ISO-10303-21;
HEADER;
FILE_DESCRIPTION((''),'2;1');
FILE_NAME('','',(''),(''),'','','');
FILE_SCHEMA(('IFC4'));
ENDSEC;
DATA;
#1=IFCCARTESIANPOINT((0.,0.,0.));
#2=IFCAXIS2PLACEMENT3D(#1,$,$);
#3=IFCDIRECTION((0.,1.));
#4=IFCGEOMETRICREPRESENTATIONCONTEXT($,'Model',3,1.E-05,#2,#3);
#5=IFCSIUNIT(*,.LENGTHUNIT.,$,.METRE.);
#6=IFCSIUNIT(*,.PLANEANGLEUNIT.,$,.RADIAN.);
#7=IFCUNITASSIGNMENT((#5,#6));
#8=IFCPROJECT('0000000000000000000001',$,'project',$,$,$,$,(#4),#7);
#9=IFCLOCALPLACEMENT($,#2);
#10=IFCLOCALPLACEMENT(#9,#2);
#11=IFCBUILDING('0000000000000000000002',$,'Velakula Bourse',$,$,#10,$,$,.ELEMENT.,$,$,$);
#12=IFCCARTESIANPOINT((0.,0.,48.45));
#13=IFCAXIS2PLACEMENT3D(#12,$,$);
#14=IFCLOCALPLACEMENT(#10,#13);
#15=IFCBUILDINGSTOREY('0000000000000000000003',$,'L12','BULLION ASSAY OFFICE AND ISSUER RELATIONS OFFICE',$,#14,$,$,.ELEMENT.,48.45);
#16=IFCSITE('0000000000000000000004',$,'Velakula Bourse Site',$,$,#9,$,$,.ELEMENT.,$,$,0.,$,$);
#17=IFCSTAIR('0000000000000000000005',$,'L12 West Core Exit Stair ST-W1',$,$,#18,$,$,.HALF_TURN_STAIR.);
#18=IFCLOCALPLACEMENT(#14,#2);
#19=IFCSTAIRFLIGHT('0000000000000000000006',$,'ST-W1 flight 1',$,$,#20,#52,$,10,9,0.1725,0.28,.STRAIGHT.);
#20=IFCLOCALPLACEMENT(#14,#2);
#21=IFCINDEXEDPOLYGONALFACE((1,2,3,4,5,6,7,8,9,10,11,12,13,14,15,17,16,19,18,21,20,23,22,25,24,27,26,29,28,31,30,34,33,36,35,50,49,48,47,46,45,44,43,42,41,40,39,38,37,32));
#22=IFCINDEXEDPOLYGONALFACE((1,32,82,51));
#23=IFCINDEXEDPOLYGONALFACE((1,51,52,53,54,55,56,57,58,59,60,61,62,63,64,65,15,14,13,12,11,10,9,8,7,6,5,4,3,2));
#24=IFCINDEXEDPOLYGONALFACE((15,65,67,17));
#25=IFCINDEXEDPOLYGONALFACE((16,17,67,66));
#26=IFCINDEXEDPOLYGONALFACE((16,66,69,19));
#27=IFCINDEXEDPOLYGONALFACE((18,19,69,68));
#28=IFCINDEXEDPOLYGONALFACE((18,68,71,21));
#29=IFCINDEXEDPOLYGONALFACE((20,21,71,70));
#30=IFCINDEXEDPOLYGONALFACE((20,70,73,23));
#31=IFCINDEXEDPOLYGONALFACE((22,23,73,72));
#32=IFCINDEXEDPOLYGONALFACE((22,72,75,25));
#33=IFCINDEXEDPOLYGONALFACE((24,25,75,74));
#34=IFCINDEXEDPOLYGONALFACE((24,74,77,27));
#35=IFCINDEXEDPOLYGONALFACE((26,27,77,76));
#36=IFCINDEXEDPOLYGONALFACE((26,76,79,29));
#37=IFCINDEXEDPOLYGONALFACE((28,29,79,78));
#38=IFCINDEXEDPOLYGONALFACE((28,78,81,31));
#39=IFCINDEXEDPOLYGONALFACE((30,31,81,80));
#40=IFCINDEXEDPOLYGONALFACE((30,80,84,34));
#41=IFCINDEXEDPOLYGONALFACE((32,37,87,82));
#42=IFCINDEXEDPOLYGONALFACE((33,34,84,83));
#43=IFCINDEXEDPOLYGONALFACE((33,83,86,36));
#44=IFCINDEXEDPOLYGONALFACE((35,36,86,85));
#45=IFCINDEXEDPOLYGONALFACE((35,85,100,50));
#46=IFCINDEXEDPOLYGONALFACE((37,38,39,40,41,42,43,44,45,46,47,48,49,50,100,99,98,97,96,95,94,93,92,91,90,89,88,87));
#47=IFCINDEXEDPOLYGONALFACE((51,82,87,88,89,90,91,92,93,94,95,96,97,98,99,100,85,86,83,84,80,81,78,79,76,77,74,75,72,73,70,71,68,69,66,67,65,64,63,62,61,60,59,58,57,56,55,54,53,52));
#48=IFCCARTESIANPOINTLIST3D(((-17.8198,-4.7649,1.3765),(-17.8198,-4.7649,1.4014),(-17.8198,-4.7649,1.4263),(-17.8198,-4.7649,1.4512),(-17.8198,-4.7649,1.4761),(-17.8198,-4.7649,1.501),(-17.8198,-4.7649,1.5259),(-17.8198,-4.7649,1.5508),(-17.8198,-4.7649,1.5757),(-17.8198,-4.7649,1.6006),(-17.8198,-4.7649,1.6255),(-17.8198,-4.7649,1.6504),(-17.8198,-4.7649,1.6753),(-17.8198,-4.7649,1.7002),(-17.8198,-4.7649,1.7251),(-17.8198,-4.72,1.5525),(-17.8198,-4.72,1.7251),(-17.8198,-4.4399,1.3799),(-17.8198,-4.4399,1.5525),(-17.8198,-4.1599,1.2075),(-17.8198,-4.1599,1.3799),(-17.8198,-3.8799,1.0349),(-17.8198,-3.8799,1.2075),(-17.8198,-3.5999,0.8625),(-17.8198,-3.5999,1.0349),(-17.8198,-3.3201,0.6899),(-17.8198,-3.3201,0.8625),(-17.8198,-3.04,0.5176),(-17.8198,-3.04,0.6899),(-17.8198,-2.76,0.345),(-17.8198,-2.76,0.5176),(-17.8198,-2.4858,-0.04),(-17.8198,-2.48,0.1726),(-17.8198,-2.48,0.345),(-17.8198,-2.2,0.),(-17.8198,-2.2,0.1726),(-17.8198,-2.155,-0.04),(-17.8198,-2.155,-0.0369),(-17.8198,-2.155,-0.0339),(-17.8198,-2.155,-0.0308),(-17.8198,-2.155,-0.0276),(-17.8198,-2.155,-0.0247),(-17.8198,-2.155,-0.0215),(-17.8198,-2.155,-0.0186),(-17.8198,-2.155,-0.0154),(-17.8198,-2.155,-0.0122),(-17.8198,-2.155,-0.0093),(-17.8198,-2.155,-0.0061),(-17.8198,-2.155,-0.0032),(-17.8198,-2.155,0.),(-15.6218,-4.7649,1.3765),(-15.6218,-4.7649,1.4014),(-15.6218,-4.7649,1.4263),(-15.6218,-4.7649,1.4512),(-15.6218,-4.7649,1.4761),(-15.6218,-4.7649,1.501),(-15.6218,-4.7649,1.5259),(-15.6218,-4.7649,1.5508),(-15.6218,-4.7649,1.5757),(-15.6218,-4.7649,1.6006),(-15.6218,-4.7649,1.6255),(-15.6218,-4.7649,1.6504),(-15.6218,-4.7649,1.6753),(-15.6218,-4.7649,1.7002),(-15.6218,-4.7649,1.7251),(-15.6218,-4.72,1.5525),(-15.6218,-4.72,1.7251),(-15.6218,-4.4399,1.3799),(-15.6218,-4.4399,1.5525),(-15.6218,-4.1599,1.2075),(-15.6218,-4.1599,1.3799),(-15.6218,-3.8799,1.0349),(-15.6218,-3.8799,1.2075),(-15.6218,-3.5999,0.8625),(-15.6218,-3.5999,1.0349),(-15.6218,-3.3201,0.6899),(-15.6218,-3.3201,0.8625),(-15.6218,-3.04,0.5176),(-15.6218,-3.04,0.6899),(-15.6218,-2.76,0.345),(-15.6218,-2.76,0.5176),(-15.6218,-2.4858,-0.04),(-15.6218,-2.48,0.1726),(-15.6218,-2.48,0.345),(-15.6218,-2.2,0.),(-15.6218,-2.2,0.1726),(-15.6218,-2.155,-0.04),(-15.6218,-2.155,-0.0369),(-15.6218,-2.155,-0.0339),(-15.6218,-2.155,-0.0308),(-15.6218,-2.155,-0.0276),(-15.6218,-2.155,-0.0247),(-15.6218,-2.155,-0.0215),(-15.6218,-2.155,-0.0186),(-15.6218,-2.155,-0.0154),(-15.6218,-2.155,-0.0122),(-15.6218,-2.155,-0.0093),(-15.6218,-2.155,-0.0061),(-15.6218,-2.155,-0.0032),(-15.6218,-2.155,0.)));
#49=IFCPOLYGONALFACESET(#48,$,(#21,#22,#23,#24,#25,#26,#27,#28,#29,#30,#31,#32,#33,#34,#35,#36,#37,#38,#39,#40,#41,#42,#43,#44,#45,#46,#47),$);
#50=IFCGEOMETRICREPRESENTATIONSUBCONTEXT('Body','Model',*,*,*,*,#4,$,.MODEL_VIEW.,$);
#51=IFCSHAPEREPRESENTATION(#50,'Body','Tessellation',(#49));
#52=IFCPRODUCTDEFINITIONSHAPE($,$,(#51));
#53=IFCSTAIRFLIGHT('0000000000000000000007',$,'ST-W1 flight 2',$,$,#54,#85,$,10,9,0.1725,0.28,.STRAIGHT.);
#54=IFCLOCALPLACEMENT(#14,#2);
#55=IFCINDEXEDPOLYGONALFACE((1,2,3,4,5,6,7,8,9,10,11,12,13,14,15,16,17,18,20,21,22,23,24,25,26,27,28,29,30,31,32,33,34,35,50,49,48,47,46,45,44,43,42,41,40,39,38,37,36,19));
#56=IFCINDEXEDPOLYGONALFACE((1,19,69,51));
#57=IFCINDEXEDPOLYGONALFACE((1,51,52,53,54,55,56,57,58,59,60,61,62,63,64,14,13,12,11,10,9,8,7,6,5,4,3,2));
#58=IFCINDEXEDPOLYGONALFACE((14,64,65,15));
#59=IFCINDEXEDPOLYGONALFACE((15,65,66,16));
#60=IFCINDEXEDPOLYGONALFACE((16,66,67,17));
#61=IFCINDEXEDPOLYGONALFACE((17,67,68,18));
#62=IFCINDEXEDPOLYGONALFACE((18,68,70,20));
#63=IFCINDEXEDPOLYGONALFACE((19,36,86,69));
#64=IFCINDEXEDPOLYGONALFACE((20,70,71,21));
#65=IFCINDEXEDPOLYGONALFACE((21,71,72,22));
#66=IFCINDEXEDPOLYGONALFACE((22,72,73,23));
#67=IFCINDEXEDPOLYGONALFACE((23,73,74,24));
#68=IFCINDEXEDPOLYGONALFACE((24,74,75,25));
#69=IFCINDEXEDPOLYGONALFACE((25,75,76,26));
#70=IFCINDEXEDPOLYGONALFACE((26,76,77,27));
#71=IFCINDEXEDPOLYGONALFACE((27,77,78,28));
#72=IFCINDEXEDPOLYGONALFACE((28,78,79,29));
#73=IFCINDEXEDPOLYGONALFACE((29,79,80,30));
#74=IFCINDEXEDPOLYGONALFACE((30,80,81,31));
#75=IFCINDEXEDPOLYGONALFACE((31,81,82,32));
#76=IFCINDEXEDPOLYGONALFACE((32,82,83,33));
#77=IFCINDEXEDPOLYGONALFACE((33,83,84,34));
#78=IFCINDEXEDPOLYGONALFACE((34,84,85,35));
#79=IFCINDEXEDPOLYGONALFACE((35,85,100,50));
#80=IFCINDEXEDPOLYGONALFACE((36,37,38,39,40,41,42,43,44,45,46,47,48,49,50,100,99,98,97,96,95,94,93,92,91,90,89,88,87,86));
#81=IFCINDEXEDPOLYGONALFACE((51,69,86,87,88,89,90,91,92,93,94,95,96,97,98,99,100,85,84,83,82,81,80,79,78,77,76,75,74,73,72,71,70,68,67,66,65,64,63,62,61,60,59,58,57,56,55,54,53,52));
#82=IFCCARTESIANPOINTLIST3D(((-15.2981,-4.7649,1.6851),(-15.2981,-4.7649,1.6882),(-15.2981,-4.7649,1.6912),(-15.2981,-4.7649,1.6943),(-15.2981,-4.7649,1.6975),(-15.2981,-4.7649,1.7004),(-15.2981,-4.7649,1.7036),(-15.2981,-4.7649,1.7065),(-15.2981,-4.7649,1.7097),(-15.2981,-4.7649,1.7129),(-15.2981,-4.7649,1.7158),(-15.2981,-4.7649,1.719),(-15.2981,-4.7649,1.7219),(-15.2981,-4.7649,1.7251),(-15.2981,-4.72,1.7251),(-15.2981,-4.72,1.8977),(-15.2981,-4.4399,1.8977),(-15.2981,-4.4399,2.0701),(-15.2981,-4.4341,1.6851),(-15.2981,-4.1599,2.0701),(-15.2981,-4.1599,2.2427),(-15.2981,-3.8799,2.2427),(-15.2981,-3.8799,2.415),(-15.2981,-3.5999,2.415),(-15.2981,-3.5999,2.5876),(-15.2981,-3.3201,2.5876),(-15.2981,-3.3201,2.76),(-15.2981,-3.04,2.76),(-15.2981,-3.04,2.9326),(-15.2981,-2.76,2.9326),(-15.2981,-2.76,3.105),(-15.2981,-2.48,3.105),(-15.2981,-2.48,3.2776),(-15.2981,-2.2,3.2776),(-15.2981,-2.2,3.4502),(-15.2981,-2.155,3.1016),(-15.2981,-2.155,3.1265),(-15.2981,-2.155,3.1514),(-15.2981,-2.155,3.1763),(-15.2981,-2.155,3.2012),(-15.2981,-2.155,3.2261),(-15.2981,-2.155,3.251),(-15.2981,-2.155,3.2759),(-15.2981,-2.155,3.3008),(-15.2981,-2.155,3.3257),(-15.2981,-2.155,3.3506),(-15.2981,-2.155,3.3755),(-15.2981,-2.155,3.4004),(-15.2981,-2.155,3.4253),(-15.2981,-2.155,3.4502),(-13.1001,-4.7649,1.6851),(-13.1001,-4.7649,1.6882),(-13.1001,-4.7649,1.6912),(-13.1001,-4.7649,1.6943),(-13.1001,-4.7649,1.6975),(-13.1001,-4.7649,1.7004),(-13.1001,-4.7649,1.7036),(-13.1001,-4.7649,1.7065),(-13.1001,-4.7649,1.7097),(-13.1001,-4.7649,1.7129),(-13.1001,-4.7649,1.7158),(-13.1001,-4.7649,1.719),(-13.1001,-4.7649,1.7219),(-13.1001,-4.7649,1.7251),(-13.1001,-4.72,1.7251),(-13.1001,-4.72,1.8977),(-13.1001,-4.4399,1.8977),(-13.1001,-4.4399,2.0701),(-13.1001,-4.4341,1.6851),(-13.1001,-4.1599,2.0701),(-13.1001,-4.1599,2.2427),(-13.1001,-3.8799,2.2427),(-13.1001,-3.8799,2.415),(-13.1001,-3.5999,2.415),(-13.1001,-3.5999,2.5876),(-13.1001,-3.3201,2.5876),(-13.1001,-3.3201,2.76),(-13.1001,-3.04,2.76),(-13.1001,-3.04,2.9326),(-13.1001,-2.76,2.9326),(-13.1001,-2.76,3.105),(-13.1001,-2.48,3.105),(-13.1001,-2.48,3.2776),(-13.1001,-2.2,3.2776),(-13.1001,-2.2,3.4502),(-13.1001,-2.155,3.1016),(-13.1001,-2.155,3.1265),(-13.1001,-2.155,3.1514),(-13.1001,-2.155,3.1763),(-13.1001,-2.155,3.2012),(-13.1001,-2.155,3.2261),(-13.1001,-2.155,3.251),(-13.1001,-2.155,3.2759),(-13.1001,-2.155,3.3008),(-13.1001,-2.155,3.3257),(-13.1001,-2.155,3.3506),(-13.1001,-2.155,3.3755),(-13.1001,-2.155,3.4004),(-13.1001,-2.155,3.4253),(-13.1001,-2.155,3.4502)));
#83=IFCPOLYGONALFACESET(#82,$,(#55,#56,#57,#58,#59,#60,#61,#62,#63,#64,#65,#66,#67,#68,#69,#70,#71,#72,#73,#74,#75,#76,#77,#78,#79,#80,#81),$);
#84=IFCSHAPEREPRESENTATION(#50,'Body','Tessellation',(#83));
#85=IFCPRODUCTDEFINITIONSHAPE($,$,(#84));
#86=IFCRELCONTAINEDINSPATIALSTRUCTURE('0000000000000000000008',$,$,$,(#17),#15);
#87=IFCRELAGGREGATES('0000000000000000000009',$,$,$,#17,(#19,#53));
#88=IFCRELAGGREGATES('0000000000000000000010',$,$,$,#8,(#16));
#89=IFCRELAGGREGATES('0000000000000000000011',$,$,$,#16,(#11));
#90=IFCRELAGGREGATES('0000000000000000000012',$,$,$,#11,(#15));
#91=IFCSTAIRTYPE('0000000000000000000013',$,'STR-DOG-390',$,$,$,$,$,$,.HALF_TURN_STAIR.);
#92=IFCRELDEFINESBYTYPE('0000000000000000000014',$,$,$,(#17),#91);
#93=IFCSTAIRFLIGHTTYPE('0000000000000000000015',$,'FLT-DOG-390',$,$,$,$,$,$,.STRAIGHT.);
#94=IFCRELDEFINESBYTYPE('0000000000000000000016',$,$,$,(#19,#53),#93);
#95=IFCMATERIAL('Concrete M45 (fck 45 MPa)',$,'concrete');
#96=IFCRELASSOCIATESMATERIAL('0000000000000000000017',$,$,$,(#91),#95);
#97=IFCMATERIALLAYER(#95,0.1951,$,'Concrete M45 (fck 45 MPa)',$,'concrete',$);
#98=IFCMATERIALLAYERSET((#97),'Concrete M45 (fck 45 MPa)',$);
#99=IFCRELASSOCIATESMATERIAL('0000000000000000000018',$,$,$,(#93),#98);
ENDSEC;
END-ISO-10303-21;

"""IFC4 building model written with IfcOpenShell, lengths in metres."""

from ifc_helpers import new_model, si_unit, direction, frame, origin, place, context, subcontext, project, spatial, polyline, outline, extrude, material, layer, layer_set, type_object, element, aggregate, save


model = new_model("IFC4")

# Units and contexts
model_context = context("Model", 3, precision=1e-05, world=origin(), true_north=direction((0.0, 1.0)))
body_context = subcontext(model_context, "Body", "Model", "MODEL_VIEW")
ifc_project = project(units=[si_unit("LENGTHUNIT", "METRE"), si_unit("PLANEANGLEUNIT", "RADIAN")], contexts=[model_context])

# Site, building, storey
site_placement = place(None, origin())
site = spatial("IfcSite", under=ifc_project, at=site_placement, Name="Velakula Bourse Site", CompositionType="ELEMENT", RefElevation=0.0)
building_placement = place(site_placement, origin())
building = spatial("IfcBuilding", under=site, at=building_placement, Name="Velakula Bourse", CompositionType="ELEMENT")
storey_placement = place(building_placement, frame((0.0, 0.0, 48.45)))
storey = spatial("IfcBuildingStorey", under=building, at=storey_placement, Name="L12", Description="BULLION ASSAY OFFICE AND ISSUER RELATIONS OFFICE", CompositionType="ELEMENT", Elevation=48.45)

# Stair, stair flights
ifc_material_1 = material(Name="Concrete M45 (fck 45 MPa)", Category="concrete")
stair_type = type_object("IfcStairType", Name="STR-DOG-390", PredefinedType="HALF_TURN_STAIR", material=ifc_material_1)
stair_placement = place(storey_placement, origin())
stair = element("IfcStair", 1, at=stair_placement, inside=storey, type_object=stair_type, Name="L12 West Core Exit Stair ST-W1", PredefinedType="HALF_TURN_STAIR")
ifc_layer_1 = layer(ifc_material_1, 0.1951, Name="Concrete M45 (fck 45 MPa)", Category="concrete")
ifc_layer_set_1 = layer_set([ifc_layer_1], Name="Concrete M45 (fck 45 MPa)")
stair_flight_type = type_object("IfcStairFlightType", Name="FLT-DOG-390", PredefinedType="STRAIGHT", material=ifc_layer_set_1)
stair_flight_1_placement = place(storey_placement, frame((-16.7209, -2.2, 0.0), z_axis=(0.0, 0.0, 1.0), x_axis=(0.0, -1.0, 0.0)))
stair_flight_1 = element("IfcStairFlight", 2, at=stair_flight_1_placement, type_object=stair_flight_type, Name="ST-W1 flight 1", NumberOfRisers=10, NumberOfTreads=9, PredefinedType="STRAIGHT", RiserHeight=0.1725, TreadLength=0.28, context=body_context, shape_type="SweptSolid", body=[
    extrude(outline(polyline([(-0.0449, -0.04), (-0.0449, -0.0369), (-0.0449, -0.0339), (-0.0449, -0.0308), (-0.0449, -0.0276), (-0.0449, -0.0247), (-0.0449, -0.0215), (-0.0449, -0.0186), (-0.0449, -0.0154), (-0.0449, -0.0122), (-0.0449, -0.0093), (-0.0449, -0.0061), (-0.0449, -0.0032), (-0.0449, 0.0), (0.0, 0.0), (0.0, 0.1726), (0.28, 0.1726), (0.28, 0.345), (0.5601, 0.345), (0.5601, 0.5176), (0.8401, 0.5176), (0.8401, 0.6899), (1.1201, 0.6899), (1.1201, 0.8625), (1.3999, 0.8625), (1.3999, 1.0349), (1.6799, 1.0349), (1.6799, 1.2075), (1.96, 1.2075), (1.96, 1.3799), (2.24, 1.3799), (2.24, 1.5525), (2.52, 1.5525), (2.52, 1.7251), (2.5649, 1.7251), (2.5649, 1.7002), (2.5649, 1.6753), (2.5649, 1.6504), (2.5649, 1.6255), (2.5649, 1.6006), (2.5649, 1.5757), (2.5649, 1.5508), (2.5649, 1.5259), (2.5649, 1.501), (2.5649, 1.4761), (2.5649, 1.4512), (2.5649, 1.4263), (2.5649, 1.4014), (2.5649, 1.3765), (0.2859, -0.04), (-0.0449, -0.04)])), frame((0.0, 1.0991, 0.0), z_axis=(0.0, -1.0, 0.0), x_axis=(1.0, 0.0, 0.0)), (0.0, 0.0, 1.0), 2.198),
])
stair_flight_2_placement = place(storey_placement, frame((-14.199, -4.72, 1.7251), z_axis=(0.0, 0.0, 1.0), x_axis=(0.0, 1.0, 0.0)))
stair_flight_2 = element("IfcStairFlight", 3, at=stair_flight_2_placement, type_object=stair_flight_type, Name="ST-W1 flight 2", NumberOfRisers=10, NumberOfTreads=9, PredefinedType="STRAIGHT", RiserHeight=0.1725, TreadLength=0.28, context=body_context, shape_type="SweptSolid", body=[
    extrude(outline(polyline([(-0.0449, -0.04), (-0.0449, -0.0369), (-0.0449, -0.0339), (-0.0449, -0.0308), (-0.0449, -0.0276), (-0.0449, -0.0247), (-0.0449, -0.0215), (-0.0449, -0.0186), (-0.0449, -0.0154), (-0.0449, -0.0122), (-0.0449, -0.0093), (-0.0449, -0.0061), (-0.0449, -0.0032), (-0.0449, 0.0), (0.0, 0.0), (0.0, 0.1726), (0.28, 0.1726), (0.28, 0.345), (0.5601, 0.345), (0.5601, 0.5176), (0.8401, 0.5176), (0.8401, 0.6899), (1.1201, 0.6899), (1.1201, 0.8625), (1.3999, 0.8625), (1.3999, 1.0349), (1.6799, 1.0349), (1.6799, 1.2075), (1.96, 1.2075), (1.96, 1.3799), (2.24, 1.3799), (2.24, 1.5525), (2.52, 1.5525), (2.52, 1.7251), (2.5649, 1.7251), (2.5649, 1.7002), (2.5649, 1.6753), (2.5649, 1.6504), (2.5649, 1.6255), (2.5649, 1.6006), (2.5649, 1.5757), (2.5649, 1.5508), (2.5649, 1.5259), (2.5649, 1.501), (2.5649, 1.4761), (2.5649, 1.4512), (2.5649, 1.4263), (2.5649, 1.4014), (2.5649, 1.3765), (0.2859, -0.04), (-0.0449, -0.04)])), frame((0.0, 1.0991, 0.0), z_axis=(0.0, -1.0, 0.0), x_axis=(1.0, 0.0, 0.0)), (0.0, 0.0, 1.0), 2.198),
])
aggregate(stair, [stair_flight_1, stair_flight_2])

save(model, "model.ifc")
